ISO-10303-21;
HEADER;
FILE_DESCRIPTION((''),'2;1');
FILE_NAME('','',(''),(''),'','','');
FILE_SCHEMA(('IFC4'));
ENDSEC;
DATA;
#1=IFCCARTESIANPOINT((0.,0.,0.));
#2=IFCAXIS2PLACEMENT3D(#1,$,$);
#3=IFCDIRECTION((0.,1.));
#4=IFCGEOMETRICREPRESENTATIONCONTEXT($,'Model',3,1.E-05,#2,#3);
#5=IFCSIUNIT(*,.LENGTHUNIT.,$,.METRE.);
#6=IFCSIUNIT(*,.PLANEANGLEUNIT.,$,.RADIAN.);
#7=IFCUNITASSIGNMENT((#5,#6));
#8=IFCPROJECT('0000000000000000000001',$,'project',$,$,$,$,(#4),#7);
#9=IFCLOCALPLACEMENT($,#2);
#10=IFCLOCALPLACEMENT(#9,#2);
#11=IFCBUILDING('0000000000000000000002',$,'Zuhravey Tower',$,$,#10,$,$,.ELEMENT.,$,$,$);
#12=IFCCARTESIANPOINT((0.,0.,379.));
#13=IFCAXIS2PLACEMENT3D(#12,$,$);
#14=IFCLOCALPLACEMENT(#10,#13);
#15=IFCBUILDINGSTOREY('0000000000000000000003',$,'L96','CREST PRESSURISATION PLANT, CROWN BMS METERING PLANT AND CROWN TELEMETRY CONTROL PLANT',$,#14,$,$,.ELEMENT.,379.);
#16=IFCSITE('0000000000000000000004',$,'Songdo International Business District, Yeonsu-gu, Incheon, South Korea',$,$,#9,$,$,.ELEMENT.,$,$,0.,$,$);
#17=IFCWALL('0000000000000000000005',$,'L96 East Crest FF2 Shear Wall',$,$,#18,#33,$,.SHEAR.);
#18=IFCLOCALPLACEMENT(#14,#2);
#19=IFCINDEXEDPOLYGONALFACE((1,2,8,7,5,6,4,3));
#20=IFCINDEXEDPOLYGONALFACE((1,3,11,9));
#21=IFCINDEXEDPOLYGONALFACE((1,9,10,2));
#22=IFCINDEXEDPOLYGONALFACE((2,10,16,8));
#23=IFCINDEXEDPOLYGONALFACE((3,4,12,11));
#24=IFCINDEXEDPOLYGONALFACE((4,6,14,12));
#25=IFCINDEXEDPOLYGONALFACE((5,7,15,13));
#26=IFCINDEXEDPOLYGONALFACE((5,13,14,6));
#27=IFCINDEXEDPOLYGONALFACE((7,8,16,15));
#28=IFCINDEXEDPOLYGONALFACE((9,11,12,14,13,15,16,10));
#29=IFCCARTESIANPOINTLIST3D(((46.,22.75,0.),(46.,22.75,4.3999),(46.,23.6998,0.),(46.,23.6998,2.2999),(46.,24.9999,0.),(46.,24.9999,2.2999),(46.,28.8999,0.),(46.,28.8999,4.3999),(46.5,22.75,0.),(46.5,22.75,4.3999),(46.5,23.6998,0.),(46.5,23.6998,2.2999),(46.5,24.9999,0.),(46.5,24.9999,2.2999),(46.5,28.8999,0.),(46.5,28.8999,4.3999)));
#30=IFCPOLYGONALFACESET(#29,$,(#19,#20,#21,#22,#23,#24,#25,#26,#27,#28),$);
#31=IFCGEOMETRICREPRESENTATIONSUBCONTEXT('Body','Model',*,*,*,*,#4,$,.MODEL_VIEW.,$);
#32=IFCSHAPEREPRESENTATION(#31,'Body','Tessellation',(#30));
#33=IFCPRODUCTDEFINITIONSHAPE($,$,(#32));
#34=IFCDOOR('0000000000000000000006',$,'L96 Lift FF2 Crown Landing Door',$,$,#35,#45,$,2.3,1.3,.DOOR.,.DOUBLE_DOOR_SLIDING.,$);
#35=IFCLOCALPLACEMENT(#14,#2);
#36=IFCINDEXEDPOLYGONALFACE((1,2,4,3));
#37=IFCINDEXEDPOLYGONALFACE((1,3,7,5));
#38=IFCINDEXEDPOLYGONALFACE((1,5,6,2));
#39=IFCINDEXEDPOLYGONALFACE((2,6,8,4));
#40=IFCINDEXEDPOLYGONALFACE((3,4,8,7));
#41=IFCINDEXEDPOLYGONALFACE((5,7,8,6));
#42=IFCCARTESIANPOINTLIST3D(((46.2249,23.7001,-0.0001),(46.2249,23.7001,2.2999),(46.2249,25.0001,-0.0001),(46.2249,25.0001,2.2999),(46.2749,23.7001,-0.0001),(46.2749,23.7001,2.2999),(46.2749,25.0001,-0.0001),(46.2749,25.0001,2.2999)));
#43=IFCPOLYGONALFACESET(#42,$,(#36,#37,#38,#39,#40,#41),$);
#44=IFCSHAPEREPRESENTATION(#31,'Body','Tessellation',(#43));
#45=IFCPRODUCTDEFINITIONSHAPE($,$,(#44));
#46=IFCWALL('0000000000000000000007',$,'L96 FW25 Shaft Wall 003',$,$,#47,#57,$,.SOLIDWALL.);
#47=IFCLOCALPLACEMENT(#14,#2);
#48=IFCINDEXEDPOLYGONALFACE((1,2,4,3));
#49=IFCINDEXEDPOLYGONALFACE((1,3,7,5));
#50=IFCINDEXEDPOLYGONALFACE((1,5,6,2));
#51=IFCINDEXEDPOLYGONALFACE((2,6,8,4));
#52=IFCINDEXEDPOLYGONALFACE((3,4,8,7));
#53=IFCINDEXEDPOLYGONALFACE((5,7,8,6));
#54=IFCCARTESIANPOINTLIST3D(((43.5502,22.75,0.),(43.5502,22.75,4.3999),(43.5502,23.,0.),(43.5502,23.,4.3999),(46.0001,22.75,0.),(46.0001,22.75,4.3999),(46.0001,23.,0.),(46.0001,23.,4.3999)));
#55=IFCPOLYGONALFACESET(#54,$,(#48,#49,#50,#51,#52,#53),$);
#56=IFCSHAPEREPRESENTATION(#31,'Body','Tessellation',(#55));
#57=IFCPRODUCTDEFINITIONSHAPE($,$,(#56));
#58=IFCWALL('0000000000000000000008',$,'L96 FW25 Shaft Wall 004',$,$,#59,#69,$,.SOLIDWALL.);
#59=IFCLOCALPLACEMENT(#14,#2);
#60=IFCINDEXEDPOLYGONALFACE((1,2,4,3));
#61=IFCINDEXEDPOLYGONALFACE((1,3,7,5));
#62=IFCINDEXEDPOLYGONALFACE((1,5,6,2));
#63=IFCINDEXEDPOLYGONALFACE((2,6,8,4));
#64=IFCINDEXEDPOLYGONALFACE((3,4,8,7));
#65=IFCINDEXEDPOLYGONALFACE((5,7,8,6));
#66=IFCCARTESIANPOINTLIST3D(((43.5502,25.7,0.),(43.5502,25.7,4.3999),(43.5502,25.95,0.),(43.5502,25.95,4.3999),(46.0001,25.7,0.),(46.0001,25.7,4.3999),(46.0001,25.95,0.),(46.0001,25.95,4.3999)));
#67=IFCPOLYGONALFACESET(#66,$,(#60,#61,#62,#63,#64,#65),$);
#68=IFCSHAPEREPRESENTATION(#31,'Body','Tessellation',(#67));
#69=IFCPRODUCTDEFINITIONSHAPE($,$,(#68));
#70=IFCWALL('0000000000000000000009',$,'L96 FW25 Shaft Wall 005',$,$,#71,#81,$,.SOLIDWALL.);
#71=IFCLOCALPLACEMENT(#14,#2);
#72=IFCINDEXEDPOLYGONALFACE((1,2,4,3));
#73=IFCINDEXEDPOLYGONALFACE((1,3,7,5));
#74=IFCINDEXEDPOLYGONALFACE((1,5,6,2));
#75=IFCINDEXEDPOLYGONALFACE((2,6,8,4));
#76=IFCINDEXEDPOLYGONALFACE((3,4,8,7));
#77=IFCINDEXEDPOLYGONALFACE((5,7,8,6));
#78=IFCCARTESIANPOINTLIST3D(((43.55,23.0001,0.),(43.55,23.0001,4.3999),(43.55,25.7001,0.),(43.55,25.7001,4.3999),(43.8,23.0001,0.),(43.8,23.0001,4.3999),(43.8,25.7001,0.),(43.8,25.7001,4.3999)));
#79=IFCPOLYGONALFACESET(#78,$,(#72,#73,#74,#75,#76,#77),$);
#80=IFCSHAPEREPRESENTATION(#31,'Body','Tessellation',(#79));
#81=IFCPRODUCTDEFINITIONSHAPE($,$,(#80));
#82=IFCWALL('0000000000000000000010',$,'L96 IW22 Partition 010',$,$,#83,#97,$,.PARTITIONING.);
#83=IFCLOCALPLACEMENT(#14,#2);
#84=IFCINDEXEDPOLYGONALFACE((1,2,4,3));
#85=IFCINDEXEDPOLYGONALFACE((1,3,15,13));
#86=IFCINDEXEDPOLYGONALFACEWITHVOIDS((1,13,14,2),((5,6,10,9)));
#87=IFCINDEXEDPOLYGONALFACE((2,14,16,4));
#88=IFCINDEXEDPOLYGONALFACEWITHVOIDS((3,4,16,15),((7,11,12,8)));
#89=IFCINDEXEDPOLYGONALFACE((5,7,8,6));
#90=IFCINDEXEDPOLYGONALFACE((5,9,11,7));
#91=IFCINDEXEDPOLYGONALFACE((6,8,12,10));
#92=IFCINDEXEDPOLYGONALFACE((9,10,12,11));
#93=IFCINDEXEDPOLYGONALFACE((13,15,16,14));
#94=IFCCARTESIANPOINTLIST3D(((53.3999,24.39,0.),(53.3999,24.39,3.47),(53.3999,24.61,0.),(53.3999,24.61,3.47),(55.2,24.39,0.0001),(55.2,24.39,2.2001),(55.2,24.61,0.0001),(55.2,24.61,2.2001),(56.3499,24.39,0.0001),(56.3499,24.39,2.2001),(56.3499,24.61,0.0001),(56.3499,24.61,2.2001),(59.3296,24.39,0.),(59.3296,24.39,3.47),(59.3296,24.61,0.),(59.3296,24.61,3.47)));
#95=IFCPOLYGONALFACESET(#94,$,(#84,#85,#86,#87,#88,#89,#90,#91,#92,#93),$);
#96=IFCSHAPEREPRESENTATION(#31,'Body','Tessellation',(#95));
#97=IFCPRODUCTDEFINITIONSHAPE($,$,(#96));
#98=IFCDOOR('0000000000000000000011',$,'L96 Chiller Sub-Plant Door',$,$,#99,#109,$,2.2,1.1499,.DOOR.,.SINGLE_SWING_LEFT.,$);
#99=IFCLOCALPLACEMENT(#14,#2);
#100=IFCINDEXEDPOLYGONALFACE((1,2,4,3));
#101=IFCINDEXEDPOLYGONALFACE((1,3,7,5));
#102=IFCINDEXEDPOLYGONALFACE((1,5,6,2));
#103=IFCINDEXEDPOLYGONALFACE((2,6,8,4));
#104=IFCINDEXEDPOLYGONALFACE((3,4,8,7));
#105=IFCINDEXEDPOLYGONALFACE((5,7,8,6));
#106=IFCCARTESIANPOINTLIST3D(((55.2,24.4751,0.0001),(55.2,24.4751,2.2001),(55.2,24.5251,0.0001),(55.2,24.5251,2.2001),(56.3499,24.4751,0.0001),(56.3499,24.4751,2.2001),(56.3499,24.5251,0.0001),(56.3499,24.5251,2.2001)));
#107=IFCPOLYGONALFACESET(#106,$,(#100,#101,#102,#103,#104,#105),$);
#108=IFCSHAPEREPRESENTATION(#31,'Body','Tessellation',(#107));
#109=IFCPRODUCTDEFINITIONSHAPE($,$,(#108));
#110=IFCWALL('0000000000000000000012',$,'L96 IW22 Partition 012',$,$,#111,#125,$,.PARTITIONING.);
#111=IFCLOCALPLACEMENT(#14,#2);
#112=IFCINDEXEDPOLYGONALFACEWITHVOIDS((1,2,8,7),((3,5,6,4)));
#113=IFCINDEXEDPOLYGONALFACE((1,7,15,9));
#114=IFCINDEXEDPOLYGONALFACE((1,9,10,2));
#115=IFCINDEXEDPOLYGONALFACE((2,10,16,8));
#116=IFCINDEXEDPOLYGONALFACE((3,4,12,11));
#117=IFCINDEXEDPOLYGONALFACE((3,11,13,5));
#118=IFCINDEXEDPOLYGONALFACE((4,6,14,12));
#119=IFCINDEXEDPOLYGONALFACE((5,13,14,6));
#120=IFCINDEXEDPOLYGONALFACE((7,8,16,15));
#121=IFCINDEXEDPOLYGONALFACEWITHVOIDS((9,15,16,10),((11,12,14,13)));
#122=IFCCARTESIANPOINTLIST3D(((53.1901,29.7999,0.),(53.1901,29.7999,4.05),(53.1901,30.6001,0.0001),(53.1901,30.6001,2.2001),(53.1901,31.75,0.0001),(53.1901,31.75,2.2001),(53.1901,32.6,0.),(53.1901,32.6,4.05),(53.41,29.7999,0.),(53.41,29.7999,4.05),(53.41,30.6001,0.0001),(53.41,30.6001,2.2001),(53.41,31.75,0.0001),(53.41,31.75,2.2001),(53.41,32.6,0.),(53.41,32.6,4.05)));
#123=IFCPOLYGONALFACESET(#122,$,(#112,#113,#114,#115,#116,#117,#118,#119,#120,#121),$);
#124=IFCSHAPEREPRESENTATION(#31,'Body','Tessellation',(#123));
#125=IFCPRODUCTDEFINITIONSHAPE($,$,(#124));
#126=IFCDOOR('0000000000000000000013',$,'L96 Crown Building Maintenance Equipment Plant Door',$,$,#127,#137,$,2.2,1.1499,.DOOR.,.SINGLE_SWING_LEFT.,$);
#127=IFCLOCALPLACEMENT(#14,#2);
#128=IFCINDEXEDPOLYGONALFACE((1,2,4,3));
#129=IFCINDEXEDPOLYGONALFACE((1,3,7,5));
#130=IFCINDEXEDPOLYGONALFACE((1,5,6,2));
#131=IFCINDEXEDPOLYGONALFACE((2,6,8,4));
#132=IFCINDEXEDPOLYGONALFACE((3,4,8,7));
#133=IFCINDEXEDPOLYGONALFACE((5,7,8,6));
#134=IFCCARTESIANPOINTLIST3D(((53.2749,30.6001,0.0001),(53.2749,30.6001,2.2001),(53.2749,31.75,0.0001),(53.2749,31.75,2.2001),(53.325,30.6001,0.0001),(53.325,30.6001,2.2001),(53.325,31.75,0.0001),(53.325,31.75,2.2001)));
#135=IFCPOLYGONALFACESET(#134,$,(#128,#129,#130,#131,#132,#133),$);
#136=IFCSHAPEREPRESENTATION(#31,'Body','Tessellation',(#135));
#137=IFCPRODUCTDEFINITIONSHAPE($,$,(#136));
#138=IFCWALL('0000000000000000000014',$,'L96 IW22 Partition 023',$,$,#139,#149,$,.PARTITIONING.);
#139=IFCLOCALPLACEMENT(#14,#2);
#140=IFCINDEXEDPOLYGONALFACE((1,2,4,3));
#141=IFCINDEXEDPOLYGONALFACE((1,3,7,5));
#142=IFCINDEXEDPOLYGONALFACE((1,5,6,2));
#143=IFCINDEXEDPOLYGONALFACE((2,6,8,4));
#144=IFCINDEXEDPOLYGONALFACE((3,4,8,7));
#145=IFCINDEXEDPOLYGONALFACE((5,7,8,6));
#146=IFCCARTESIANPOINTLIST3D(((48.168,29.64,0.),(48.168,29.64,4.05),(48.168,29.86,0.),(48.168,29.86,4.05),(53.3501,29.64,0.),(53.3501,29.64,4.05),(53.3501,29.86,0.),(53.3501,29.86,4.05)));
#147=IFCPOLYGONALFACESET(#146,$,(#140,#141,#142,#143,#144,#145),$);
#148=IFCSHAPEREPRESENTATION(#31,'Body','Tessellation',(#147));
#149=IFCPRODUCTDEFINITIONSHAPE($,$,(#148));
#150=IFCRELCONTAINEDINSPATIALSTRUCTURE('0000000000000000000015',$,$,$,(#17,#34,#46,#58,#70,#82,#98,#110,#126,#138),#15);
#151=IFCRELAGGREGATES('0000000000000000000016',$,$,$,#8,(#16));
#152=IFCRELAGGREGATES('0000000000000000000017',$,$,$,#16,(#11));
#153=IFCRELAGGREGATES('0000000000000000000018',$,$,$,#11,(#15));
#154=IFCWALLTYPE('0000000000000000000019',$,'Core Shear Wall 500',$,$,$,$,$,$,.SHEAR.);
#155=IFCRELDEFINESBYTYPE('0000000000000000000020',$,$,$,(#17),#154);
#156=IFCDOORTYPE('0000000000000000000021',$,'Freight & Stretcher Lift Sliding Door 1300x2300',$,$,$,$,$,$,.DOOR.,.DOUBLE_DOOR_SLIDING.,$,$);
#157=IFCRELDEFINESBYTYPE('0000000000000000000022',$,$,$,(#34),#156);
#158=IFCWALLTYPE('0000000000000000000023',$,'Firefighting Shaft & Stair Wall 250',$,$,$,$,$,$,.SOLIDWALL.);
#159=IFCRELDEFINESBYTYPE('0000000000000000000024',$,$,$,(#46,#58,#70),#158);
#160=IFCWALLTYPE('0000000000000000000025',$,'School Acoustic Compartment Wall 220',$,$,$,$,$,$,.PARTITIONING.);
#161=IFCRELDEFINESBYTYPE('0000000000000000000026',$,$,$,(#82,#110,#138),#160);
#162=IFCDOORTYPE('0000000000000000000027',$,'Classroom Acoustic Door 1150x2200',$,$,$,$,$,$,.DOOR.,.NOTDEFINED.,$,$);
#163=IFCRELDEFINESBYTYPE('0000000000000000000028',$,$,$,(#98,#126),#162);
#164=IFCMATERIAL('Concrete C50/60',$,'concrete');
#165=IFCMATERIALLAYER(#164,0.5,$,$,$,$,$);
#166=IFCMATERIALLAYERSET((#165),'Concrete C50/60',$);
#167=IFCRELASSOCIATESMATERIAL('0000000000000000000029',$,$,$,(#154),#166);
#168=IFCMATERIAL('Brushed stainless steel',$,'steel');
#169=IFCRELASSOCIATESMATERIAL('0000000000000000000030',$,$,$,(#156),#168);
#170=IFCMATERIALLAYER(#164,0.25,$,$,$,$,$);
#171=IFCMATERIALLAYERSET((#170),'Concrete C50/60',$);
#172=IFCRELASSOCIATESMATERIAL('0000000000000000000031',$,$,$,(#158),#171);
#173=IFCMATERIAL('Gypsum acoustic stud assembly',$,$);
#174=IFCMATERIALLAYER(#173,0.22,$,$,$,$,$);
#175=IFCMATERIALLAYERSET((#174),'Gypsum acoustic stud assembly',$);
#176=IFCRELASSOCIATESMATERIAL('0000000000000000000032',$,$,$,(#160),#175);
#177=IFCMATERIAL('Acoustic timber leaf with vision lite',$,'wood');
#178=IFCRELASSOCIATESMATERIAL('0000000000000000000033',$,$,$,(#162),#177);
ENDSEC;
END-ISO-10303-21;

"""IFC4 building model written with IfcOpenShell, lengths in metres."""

from ifc_helpers import new_model, si_unit, direction, frame, frame_2d, origin, place, context, subcontext, project, spatial, rectangle, extrude, material, layer, layer_set, type_object, element, fill, save


model = new_model("IFC4")

# Units and contexts
model_context = context("Model", 3, precision=1e-05, world=origin(), true_north=direction((0.0, 1.0)))
body_context = subcontext(model_context, "Body", "Model", "MODEL_VIEW")
ifc_project = project(units=[si_unit("LENGTHUNIT", "METRE"), si_unit("PLANEANGLEUNIT", "RADIAN")], contexts=[model_context])

# Site, building, storey
site_placement = place(None, origin())
site = spatial("IfcSite", under=ifc_project, at=site_placement, Name="Songdo International Business District, Yeonsu-gu, Incheon, South Korea", CompositionType="ELEMENT", RefElevation=0.0)
building_placement = place(site_placement, origin())
building = spatial("IfcBuilding", under=site, at=building_placement, Name="Zuhravey Tower", CompositionType="ELEMENT")
storey_placement = place(building_placement, frame((0.0, 0.0, 379.0)))
storey = spatial("IfcBuildingStorey", under=building, at=storey_placement, Name="L96", Description="CREST PRESSURISATION PLANT, CROWN BMS METERING PLANT AND CROWN TELEMETRY CONTROL PLANT", CompositionType="ELEMENT", Elevation=379.0)

# Shared definitions
ifc_material_1 = material(Name="Concrete C50/60", Category="concrete")
ifc_layer_1 = layer(ifc_material_1, 0.5)
ifc_layer_set_1 = layer_set([ifc_layer_1], Name="Concrete C50/60")
wall_type_1 = type_object("IfcWallType", Name="Core Shear Wall 500", PredefinedType="SHEAR", material=ifc_layer_set_1)

# Wall, opening, door
wall_1_placement = place(storey_placement, frame((46.25, 22.75, 0.0), z_axis=(0.0, 0.0, 1.0), x_axis=(0.0, 1.0, 0.0)))
wall_1 = element("IfcWall", 1, at=wall_1_placement, inside=storey, type_object=wall_type_1, Name="L96 East Crest FF2 Shear Wall", PredefinedType="SHEAR", context=body_context, shape_type="SweptSolid", body=[
    extrude(rectangle(XDim=6.1499, YDim=0.5, at=frame_2d((3.075, 0.0))), origin(), (0.0, 0.0, 1.0), 4.3999),
])
opening_1_placement = place(wall_1_placement, frame((0.95, 0.0, 0.0)))
opening_1 = element("IfcOpeningElement", 2, at=opening_1_placement, cuts=wall_1, PredefinedType="OPENING", context=body_context, shape_type="SweptSolid", body=[
    extrude(rectangle(XDim=1.3, YDim=2.3, at=frame_2d((0.6499, 1.1499))), frame((0.0, 0.262, 0.0), z_axis=(0.0, -1.0, 0.0), x_axis=(1.0, 0.0, 0.0)), (0.0, 0.0, 1.0), 0.5239),
])
ifc_material_2 = material(Name="Brushed stainless steel", Category="steel")
door_type_1 = type_object("IfcDoorType", Name="Freight & Stretcher Lift Sliding Door 1300x2300", OperationType="DOUBLE_DOOR_SLIDING", PredefinedType="DOOR", material=ifc_material_2)
door_1_placement = place(opening_1_placement, frame((1.3, 0.0, 0.0), z_axis=(0.0, 0.0, 1.0), x_axis=(-1.0, 0.0, 0.0)))
door_1 = element("IfcDoor", 3, at=door_1_placement, inside=storey, type_object=door_type_1, Name="L96 Lift FF2 Crown Landing Door", OperationType="DOUBLE_DOOR_SLIDING", OverallHeight=2.3, OverallWidth=1.3, PredefinedType="DOOR", context=body_context, shape_type="SweptSolid", body=[
    extrude(rectangle(XDim=1.3, YDim=2.3, at=frame_2d((0.6499, 1.1499))), frame((0.0, 0.0249, 0.0), z_axis=(0.0, -1.0, 0.0), x_axis=(1.0, 0.0, 0.0)), (0.0, 0.0, 1.0), 0.05),
])
fill(opening_1, door_1)

# Walls
ifc_layer_2 = layer(ifc_material_1, 0.25)
ifc_layer_set_2 = layer_set([ifc_layer_2], Name="Concrete C50/60")
wall_type_2 = type_object("IfcWallType", Name="Firefighting Shaft & Stair Wall 250", PredefinedType="SOLIDWALL", material=ifc_layer_set_2)
for number, where, z_axis, x_axis, name in (
    (4, (43.55, 22.875, 0.0), (0.0, 0.0, 1.0), (1.0, 0.0, 0.0), "L96 FW25 Shaft Wall 003"),
    (5, (43.55, 25.825, 0.0), (0.0, 0.0, 1.0), (1.0, 0.0, 0.0), "L96 FW25 Shaft Wall 004"),
):
    element("IfcWall", number, at=place(storey_placement, frame(where, z_axis=z_axis, x_axis=x_axis)), inside=storey, type_object=wall_type_2, Name=name, PredefinedType="SOLIDWALL", context=body_context, shape_type="SweptSolid", body=[
        extrude(rectangle(XDim=2.45, YDim=0.25, at=frame_2d((1.2251, 0.0))), origin(), (0.0, 0.0, 1.0), 4.3999),
    ])
wall_2_placement = place(storey_placement, frame((43.675, 23.0, 0.0), z_axis=(0.0, 0.0, 1.0), x_axis=(0.0, 1.0, 0.0)))
element("IfcWall", 6, at=wall_2_placement, inside=storey, type_object=wall_type_2, Name="L96 FW25 Shaft Wall 005", PredefinedType="SOLIDWALL", context=body_context, shape_type="SweptSolid", body=[
    extrude(rectangle(XDim=2.7, YDim=0.25, at=frame_2d((1.3501, 0.0))), origin(), (0.0, 0.0, 1.0), 4.3999),
])

# Walls, openings, doors
ifc_material_3 = material(Name="Gypsum acoustic stud assembly")
ifc_layer_3 = layer(ifc_material_3, 0.22)
ifc_layer_set_3 = layer_set([ifc_layer_3], Name="Gypsum acoustic stud assembly")
wall_type_3 = type_object("IfcWallType", Name="School Acoustic Compartment Wall 220", PredefinedType="PARTITIONING", material=ifc_layer_set_3)
wall_3_placement = place(storey_placement, frame((53.3999, 24.5, 0.0), z_axis=(0.0, 0.0, 1.0), x_axis=(1.0, 0.0, 0.0)))
wall_3 = element("IfcWall", 7, at=wall_3_placement, inside=storey, type_object=wall_type_3, Name="L96 IW22 Partition 010", PredefinedType="PARTITIONING", context=body_context, shape_type="SweptSolid", body=[
    extrude(rectangle(XDim=5.9297, YDim=0.22, at=frame_2d((2.9648, 0.0))), origin(), (0.0, 0.0, 1.0), 3.47),
])
opening_2_placement = place(wall_3_placement, frame((1.8, 0.0, 0.0)))
opening_2 = element("IfcOpeningElement", 8, at=opening_2_placement, cuts=wall_3, PredefinedType="OPENING", context=body_context, shape_type="SweptSolid", body=[
    extrude(rectangle(XDim=1.1499, YDim=2.2, at=frame_2d((0.575, 1.1001))), frame((0.0, 0.1221, 0.0), z_axis=(0.0, -1.0, 0.0), x_axis=(1.0, 0.0, 0.0)), (0.0, 0.0, 1.0), 0.2439),
])
ifc_material_4 = material(Name="Acoustic timber leaf with vision lite", Category="wood")
door_type_2 = type_object("IfcDoorType", Name="Classroom Acoustic Door 1150x2200", OperationType="NOTDEFINED", PredefinedType="DOOR", material=ifc_material_4)
door_2_placement = place(opening_2_placement, frame((1.1499, 0.0, 0.0), z_axis=(0.0, 0.0, 1.0), x_axis=(-1.0, 0.0, 0.0)))
door_2 = element("IfcDoor", 9, at=door_2_placement, inside=storey, type_object=door_type_2, Name="L96 Chiller Sub-Plant Door", OperationType="SINGLE_SWING_LEFT", OverallHeight=2.2, OverallWidth=1.1499, PredefinedType="DOOR", context=body_context, shape_type="SweptSolid", body=[
    extrude(rectangle(XDim=1.1499, YDim=2.2, at=frame_2d((0.575, 1.1001))), frame((0.0, 0.0249, 0.0), z_axis=(0.0, -1.0, 0.0), x_axis=(1.0, 0.0, 0.0)), (0.0, 0.0, 1.0), 0.05),
])
fill(opening_2, door_2)
wall_4_placement = place(storey_placement, frame((53.3, 29.8, 0.0), z_axis=(0.0, 0.0, 1.0), x_axis=(0.0, 1.0, 0.0)))
wall_4 = element("IfcWall", 10, at=wall_4_placement, inside=storey, type_object=wall_type_3, Name="L96 IW22 Partition 012", PredefinedType="PARTITIONING", context=body_context, shape_type="SweptSolid", body=[
    extrude(rectangle(XDim=2.8, YDim=0.22, at=frame_2d((1.3999, 0.0))), origin(), (0.0, 0.0, 1.0), 4.05),
])
opening_3_placement = place(wall_4_placement, frame((0.8, 0.0, 0.0)))
opening_3 = element("IfcOpeningElement", 11, at=opening_3_placement, cuts=wall_4, PredefinedType="OPENING", context=body_context, shape_type="SweptSolid", body=[
    extrude(rectangle(XDim=1.1499, YDim=2.2, at=frame_2d((0.575, 1.1001))), frame((0.0, 0.1221, 0.0), z_axis=(0.0, -1.0, 0.0), x_axis=(1.0, 0.0, 0.0)), (0.0, 0.0, 1.0), 0.2439),
])
door_3_placement = place(opening_3_placement, frame((1.1499, 0.0, 0.0), z_axis=(0.0, 0.0, 1.0), x_axis=(-1.0, 0.0, 0.0)))
door_3 = element("IfcDoor", 12, at=door_3_placement, inside=storey, type_object=door_type_2, Name="L96 Crown Building Maintenance Equipment Plant Door", OperationType="SINGLE_SWING_LEFT", OverallHeight=2.2, OverallWidth=1.1499, PredefinedType="DOOR", context=body_context, shape_type="SweptSolid", body=[
    extrude(rectangle(XDim=1.1499, YDim=2.2, at=frame_2d((0.575, 1.1001))), frame((0.0, 0.0249, 0.0), z_axis=(0.0, -1.0, 0.0), x_axis=(1.0, 0.0, 0.0)), (0.0, 0.0, 1.0), 0.05),
])
fill(opening_3, door_3)

# Wall
wall_5_placement = place(storey_placement, frame((48.168, 29.75, 0.0), z_axis=(0.0, 0.0, 1.0), x_axis=(1.0, 0.0, 0.0)))
element("IfcWall", 13, at=wall_5_placement, inside=storey, type_object=wall_type_3, Name="L96 IW22 Partition 023", PredefinedType="PARTITIONING", context=body_context, shape_type="SweptSolid", body=[
    extrude(rectangle(XDim=5.1821, YDim=0.22, at=frame_2d((2.5911, 0.0))), origin(), (0.0, 0.0, 1.0), 4.05),
])

save(model, "model.ifc")
